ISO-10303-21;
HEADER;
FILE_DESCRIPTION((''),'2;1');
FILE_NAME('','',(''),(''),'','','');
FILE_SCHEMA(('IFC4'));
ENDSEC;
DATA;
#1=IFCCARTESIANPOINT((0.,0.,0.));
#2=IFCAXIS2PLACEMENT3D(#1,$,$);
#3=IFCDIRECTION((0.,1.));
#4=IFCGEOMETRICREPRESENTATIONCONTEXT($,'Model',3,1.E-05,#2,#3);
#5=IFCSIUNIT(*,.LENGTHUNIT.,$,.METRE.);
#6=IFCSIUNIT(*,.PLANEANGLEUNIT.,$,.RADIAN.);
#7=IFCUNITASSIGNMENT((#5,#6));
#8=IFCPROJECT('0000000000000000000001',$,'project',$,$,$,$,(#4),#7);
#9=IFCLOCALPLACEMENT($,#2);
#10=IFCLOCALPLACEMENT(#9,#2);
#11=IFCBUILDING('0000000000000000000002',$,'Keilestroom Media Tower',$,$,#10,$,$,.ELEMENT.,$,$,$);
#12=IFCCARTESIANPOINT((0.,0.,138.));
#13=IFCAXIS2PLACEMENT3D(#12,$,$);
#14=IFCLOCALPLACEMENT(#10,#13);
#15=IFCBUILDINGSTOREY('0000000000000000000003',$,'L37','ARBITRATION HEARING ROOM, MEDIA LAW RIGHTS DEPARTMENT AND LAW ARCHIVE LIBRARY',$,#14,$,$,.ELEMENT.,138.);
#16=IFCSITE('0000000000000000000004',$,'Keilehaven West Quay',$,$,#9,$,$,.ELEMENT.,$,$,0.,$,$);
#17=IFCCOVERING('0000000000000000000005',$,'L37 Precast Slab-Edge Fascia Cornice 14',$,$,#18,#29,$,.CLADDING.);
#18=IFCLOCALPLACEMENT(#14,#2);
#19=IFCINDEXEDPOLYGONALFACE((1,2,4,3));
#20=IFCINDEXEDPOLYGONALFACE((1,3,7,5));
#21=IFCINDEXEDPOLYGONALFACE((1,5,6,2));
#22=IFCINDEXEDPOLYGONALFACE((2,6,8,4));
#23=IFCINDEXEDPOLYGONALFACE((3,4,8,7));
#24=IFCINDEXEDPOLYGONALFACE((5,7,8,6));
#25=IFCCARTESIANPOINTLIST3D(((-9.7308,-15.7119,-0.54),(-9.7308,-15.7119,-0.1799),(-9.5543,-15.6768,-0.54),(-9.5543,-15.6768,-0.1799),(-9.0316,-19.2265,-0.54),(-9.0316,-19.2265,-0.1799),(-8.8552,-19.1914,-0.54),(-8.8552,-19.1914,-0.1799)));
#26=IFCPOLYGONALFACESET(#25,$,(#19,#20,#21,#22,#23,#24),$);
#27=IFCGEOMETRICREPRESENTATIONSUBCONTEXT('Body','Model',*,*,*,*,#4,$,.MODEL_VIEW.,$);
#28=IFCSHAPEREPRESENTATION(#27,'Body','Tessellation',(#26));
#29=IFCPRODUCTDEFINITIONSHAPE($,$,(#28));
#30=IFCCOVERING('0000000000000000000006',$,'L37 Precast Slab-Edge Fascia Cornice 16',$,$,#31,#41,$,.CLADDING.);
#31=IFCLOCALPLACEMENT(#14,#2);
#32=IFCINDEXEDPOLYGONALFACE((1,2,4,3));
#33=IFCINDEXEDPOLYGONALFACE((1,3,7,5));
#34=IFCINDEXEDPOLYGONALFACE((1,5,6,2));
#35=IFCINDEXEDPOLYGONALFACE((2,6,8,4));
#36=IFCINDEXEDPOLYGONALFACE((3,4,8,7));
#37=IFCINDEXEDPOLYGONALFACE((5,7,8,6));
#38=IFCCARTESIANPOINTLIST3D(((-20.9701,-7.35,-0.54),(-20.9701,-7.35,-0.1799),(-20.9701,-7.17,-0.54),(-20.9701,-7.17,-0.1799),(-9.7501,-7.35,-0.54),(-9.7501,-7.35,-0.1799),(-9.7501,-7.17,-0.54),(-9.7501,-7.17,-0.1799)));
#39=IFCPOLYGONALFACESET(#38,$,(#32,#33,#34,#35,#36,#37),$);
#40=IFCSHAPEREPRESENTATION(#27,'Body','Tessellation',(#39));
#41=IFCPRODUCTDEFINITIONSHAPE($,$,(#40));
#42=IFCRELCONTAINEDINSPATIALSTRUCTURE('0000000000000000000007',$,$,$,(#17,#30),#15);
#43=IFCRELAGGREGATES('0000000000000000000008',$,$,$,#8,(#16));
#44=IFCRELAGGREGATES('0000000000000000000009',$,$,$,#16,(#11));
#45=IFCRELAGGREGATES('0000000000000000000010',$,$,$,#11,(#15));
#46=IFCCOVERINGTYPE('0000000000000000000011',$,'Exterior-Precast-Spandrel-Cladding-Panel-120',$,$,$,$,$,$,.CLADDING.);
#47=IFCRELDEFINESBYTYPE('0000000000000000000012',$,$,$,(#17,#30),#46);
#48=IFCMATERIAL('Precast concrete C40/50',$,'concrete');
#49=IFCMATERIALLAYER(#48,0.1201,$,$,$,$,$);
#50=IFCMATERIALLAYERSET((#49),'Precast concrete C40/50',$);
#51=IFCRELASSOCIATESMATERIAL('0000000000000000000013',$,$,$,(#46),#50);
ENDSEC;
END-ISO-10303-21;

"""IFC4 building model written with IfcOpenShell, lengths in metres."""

from ifc_helpers import new_model, si_unit, direction, frame, origin, origin_2d, place, context, subcontext, project, spatial, rectangle, extrude, source, transform, mapped, material, layer, layer_set, type_object, element, save


model = new_model("IFC4")

# Units and contexts
model_context = context("Model", 3, precision=1e-05, world=origin(), true_north=direction((0.0, 1.0)))
body_context = subcontext(model_context, "Body", "Model", "MODEL_VIEW")
ifc_project = project(units=[si_unit("LENGTHUNIT", "METRE"), si_unit("PLANEANGLEUNIT", "RADIAN")], contexts=[model_context])

# Site, building, storey
site_placement = place(None, origin())
site = spatial("IfcSite", under=ifc_project, at=site_placement, Name="Keilehaven West Quay", CompositionType="ELEMENT", RefElevation=0.0)
building_placement = place(site_placement, origin())
building = spatial("IfcBuilding", under=site, at=building_placement, Name="Keilestroom Media Tower", CompositionType="ELEMENT")
storey_placement = place(building_placement, frame((0.0, 0.0, 138.0)))
storey = spatial("IfcBuildingStorey", under=building, at=storey_placement, Name="L37", Description="ARBITRATION HEARING ROOM, MEDIA LAW RIGHTS DEPARTMENT AND LAW ARCHIVE LIBRARY", CompositionType="ELEMENT", Elevation=138.0)

# Shared definitions
ifc_material_1 = material(Name="Precast concrete C40/50", Category="concrete")

# Coverings
ifc_layer_1 = layer(ifc_material_1, 0.1201)
ifc_layer_set_1 = layer_set([ifc_layer_1], Name="Precast concrete C40/50")
covering_type = type_object("IfcCoveringType", Name="Exterior-Precast-Spandrel-Cladding-Panel-120", PredefinedType="CLADDING", material=ifc_layer_set_1)
shared_shape_1 = source(origin(), body_context, "Body", "SweptSolid", [
    extrude(rectangle(XDim=3.5835, YDim=0.1799, at=origin_2d()), origin(), (0.0, 0.0, 1.0), 0.3601),
])
covering_1_placement = place(storey_placement, frame((-9.293, -17.4517, -0.54), z_axis=(0.0, 0.0, 1.0), x_axis=(-0.195099, 0.980784, 0.0)))
element("IfcCovering", 1, at=covering_1_placement, inside=storey, type_object=covering_type, Name="L37 Precast Slab-Edge Fascia Cornice 14", PredefinedType="CLADDING", context=body_context, shape_type="MappedRepresentation", body=[
    mapped(shared_shape_1, transform((0.0, 0.0, 0.0), x_axis=(1.0, 0.0, 0.0), y_axis=(0.0, 1.0, 0.0), z_axis=(0.0, 0.0, 1.0), scale=1.0)),
])
shared_shape_2 = source(origin(), body_context, "Body", "SweptSolid", [
    extrude(rectangle(XDim=11.22, YDim=0.1799, at=origin_2d()), origin(), (0.0, 0.0, 1.0), 0.3601),
])
covering_2_placement = place(storey_placement, frame((-15.3601, -7.26, -0.54), z_axis=(0.0, 0.0, 1.0), x_axis=(-1.0, 0.0, 0.0)))
element("IfcCovering", 2, at=covering_2_placement, inside=storey, type_object=covering_type, Name="L37 Precast Slab-Edge Fascia Cornice 16", PredefinedType="CLADDING", context=body_context, shape_type="MappedRepresentation", body=[
    mapped(shared_shape_2, transform((0.0, 0.0, 0.0), x_axis=(1.0, 0.0, 0.0), y_axis=(0.0, 1.0, 0.0), z_axis=(0.0, 0.0, 1.0), scale=1.0)),
])

save(model, "model.ifc")
